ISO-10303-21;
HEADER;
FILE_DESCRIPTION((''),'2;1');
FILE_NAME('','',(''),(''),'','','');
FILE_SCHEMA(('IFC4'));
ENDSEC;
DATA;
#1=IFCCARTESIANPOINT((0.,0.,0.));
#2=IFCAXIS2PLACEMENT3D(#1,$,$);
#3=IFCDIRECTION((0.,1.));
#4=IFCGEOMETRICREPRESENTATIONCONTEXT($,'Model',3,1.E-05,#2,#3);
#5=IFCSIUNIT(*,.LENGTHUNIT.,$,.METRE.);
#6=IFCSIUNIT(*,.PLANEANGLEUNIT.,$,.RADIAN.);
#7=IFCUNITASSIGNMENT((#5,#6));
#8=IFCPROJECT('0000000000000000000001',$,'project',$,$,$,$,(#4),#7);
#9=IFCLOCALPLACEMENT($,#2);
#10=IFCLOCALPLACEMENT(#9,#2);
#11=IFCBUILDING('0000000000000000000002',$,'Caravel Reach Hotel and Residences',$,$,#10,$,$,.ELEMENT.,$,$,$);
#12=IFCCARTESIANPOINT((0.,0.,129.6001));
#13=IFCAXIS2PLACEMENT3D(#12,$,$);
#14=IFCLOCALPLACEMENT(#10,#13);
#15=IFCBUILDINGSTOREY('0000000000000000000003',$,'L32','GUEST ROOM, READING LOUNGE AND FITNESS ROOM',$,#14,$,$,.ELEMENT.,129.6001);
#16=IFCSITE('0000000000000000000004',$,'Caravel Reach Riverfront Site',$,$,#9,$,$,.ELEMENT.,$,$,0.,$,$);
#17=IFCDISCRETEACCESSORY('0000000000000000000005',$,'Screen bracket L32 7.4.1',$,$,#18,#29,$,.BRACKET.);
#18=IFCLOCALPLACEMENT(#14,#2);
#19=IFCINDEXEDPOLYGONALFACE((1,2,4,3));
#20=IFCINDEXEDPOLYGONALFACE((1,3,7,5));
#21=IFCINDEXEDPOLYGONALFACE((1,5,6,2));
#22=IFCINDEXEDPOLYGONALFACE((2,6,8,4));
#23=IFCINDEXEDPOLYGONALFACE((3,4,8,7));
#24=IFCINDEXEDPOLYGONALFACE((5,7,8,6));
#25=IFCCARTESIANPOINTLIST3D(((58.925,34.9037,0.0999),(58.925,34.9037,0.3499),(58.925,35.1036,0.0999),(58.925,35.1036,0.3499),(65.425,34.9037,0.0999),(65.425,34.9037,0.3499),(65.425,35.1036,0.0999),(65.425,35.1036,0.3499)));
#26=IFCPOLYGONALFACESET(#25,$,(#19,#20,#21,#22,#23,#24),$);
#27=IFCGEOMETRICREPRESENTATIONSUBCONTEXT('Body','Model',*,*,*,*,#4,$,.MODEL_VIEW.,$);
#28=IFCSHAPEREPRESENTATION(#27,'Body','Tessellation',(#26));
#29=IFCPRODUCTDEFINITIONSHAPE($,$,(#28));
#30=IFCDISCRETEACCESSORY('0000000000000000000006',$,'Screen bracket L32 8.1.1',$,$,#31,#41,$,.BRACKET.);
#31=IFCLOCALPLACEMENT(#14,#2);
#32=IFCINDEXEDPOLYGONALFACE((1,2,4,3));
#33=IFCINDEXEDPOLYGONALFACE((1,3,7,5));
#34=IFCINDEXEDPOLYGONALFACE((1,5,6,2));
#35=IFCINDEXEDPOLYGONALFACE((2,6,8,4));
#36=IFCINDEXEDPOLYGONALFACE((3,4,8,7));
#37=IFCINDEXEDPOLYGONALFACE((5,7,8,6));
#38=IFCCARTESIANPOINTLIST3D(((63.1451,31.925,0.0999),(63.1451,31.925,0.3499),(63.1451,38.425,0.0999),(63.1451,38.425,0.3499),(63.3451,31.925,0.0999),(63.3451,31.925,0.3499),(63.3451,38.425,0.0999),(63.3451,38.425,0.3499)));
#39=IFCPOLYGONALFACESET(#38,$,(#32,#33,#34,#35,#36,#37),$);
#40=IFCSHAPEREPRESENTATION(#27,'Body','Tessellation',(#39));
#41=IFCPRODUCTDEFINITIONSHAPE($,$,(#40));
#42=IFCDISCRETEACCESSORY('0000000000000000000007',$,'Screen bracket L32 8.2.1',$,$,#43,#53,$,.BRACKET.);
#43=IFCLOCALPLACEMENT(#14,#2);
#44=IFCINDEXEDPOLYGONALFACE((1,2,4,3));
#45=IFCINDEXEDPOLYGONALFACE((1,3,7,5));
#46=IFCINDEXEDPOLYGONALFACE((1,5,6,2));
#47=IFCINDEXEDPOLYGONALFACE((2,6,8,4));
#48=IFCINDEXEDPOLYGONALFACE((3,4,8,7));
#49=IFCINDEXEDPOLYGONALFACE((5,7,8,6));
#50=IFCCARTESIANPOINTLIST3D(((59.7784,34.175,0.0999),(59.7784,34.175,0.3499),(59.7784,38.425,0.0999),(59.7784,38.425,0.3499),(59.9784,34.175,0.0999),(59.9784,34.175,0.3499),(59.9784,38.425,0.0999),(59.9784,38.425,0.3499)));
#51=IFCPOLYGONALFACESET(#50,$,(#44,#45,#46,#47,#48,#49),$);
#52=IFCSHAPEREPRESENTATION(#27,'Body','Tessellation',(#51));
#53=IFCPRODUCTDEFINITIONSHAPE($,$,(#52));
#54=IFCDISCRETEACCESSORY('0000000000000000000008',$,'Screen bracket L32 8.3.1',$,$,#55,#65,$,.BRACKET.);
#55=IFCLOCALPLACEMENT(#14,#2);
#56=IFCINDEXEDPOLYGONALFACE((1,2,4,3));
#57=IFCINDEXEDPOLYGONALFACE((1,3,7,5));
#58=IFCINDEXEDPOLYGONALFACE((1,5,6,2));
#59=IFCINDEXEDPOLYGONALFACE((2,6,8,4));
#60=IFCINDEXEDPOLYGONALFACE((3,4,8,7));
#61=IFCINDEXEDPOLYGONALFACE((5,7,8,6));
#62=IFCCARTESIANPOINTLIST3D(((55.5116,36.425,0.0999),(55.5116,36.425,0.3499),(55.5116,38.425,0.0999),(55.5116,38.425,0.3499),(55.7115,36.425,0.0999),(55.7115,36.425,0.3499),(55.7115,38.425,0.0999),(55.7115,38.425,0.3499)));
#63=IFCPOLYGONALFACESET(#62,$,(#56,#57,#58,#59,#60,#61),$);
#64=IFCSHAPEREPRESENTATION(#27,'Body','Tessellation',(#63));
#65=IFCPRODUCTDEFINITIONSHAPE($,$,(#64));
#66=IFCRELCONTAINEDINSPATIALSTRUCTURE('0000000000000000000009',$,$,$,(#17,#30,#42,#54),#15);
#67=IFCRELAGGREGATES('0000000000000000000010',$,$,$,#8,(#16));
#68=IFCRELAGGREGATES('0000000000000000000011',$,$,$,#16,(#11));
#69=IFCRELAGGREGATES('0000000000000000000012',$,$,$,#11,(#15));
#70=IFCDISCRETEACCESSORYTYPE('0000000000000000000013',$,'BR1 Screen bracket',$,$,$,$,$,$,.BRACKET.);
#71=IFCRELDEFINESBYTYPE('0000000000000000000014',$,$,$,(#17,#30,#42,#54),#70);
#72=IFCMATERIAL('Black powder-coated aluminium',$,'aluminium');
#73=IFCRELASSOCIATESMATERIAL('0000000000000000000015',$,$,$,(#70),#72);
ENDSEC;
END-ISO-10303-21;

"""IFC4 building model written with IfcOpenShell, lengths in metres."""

from ifc_helpers import new_model, si_unit, direction, frame, origin, origin_2d, place, context, subcontext, project, spatial, rectangle, extrude, material, type_object, element, save


model = new_model("IFC4")

# Units and contexts
model_context = context("Model", 3, precision=1e-05, world=origin(), true_north=direction((0.0, 1.0)))
body_context = subcontext(model_context, "Body", "Model", "MODEL_VIEW")
ifc_project = project(units=[si_unit("LENGTHUNIT", "METRE"), si_unit("PLANEANGLEUNIT", "RADIAN")], contexts=[model_context])

# Site, building, storey
site_placement = place(None, origin())
site = spatial("IfcSite", under=ifc_project, at=site_placement, Name="Caravel Reach Riverfront Site", CompositionType="ELEMENT", RefElevation=0.0)
building_placement = place(site_placement, origin())
building = spatial("IfcBuilding", under=site, at=building_placement, Name="Caravel Reach Hotel and Residences", CompositionType="ELEMENT")
storey_placement = place(building_placement, frame((0.0, 0.0, 129.6001)))
storey = spatial("IfcBuildingStorey", under=building, at=storey_placement, Name="L32", Description="GUEST ROOM, READING LOUNGE AND FITNESS ROOM", CompositionType="ELEMENT", Elevation=129.6001)

# Discrete accessories
ifc_material_1 = material(Name="Black powder-coated aluminium", Category="aluminium")
discrete_accessory_type = type_object("IfcDiscreteAccessoryType", Name="BR1 Screen bracket", PredefinedType="BRACKET", material=ifc_material_1)
for number, where, z_axis, x_axis, name in (
    (1, (62.175, 35.0037, 0.0999), (0.0, 0.0, 1.0), (1.0, 0.0, 0.0), "Screen bracket L32 7.4.1"),
    (2, (63.2451, 35.175, 0.0999), (0.0, 0.0, 1.0), (0.0, 1.0, 0.0), "Screen bracket L32 8.1.1"),
):
    element("IfcDiscreteAccessory", number, at=place(storey_placement, frame(where, z_axis=z_axis, x_axis=x_axis)), inside=storey, type_object=discrete_accessory_type, Name=name, PredefinedType="BRACKET", context=body_context, shape_type="SweptSolid", body=[
        extrude(rectangle(XDim=6.5, YDim=0.2, at=origin_2d()), origin(), (0.0, 0.0, 1.0), 0.25),
    ])
discrete_accessory_1_placement = place(storey_placement, frame((59.8784, 36.3, 0.0999), z_axis=(0.0, 0.0, 1.0), x_axis=(0.0, 1.0, 0.0)))
element("IfcDiscreteAccessory", 3, at=discrete_accessory_1_placement, inside=storey, type_object=discrete_accessory_type, Name="Screen bracket L32 8.2.1", PredefinedType="BRACKET", context=body_context, shape_type="SweptSolid", body=[
    extrude(rectangle(XDim=4.25, YDim=0.2, at=origin_2d()), origin(), (0.0, 0.0, 1.0), 0.25),
])
discrete_accessory_2_placement = place(storey_placement, frame((55.6116, 37.425, 0.0999), z_axis=(0.0, 0.0, 1.0), x_axis=(0.0, 1.0, 0.0)))
element("IfcDiscreteAccessory", 4, at=discrete_accessory_2_placement, inside=storey, type_object=discrete_accessory_type, Name="Screen bracket L32 8.3.1", PredefinedType="BRACKET", context=body_context, shape_type="SweptSolid", body=[
    extrude(rectangle(XDim=2.0, YDim=0.2, at=origin_2d()), origin(), (0.0, 0.0, 1.0), 0.25),
])

save(model, "model.ifc")
